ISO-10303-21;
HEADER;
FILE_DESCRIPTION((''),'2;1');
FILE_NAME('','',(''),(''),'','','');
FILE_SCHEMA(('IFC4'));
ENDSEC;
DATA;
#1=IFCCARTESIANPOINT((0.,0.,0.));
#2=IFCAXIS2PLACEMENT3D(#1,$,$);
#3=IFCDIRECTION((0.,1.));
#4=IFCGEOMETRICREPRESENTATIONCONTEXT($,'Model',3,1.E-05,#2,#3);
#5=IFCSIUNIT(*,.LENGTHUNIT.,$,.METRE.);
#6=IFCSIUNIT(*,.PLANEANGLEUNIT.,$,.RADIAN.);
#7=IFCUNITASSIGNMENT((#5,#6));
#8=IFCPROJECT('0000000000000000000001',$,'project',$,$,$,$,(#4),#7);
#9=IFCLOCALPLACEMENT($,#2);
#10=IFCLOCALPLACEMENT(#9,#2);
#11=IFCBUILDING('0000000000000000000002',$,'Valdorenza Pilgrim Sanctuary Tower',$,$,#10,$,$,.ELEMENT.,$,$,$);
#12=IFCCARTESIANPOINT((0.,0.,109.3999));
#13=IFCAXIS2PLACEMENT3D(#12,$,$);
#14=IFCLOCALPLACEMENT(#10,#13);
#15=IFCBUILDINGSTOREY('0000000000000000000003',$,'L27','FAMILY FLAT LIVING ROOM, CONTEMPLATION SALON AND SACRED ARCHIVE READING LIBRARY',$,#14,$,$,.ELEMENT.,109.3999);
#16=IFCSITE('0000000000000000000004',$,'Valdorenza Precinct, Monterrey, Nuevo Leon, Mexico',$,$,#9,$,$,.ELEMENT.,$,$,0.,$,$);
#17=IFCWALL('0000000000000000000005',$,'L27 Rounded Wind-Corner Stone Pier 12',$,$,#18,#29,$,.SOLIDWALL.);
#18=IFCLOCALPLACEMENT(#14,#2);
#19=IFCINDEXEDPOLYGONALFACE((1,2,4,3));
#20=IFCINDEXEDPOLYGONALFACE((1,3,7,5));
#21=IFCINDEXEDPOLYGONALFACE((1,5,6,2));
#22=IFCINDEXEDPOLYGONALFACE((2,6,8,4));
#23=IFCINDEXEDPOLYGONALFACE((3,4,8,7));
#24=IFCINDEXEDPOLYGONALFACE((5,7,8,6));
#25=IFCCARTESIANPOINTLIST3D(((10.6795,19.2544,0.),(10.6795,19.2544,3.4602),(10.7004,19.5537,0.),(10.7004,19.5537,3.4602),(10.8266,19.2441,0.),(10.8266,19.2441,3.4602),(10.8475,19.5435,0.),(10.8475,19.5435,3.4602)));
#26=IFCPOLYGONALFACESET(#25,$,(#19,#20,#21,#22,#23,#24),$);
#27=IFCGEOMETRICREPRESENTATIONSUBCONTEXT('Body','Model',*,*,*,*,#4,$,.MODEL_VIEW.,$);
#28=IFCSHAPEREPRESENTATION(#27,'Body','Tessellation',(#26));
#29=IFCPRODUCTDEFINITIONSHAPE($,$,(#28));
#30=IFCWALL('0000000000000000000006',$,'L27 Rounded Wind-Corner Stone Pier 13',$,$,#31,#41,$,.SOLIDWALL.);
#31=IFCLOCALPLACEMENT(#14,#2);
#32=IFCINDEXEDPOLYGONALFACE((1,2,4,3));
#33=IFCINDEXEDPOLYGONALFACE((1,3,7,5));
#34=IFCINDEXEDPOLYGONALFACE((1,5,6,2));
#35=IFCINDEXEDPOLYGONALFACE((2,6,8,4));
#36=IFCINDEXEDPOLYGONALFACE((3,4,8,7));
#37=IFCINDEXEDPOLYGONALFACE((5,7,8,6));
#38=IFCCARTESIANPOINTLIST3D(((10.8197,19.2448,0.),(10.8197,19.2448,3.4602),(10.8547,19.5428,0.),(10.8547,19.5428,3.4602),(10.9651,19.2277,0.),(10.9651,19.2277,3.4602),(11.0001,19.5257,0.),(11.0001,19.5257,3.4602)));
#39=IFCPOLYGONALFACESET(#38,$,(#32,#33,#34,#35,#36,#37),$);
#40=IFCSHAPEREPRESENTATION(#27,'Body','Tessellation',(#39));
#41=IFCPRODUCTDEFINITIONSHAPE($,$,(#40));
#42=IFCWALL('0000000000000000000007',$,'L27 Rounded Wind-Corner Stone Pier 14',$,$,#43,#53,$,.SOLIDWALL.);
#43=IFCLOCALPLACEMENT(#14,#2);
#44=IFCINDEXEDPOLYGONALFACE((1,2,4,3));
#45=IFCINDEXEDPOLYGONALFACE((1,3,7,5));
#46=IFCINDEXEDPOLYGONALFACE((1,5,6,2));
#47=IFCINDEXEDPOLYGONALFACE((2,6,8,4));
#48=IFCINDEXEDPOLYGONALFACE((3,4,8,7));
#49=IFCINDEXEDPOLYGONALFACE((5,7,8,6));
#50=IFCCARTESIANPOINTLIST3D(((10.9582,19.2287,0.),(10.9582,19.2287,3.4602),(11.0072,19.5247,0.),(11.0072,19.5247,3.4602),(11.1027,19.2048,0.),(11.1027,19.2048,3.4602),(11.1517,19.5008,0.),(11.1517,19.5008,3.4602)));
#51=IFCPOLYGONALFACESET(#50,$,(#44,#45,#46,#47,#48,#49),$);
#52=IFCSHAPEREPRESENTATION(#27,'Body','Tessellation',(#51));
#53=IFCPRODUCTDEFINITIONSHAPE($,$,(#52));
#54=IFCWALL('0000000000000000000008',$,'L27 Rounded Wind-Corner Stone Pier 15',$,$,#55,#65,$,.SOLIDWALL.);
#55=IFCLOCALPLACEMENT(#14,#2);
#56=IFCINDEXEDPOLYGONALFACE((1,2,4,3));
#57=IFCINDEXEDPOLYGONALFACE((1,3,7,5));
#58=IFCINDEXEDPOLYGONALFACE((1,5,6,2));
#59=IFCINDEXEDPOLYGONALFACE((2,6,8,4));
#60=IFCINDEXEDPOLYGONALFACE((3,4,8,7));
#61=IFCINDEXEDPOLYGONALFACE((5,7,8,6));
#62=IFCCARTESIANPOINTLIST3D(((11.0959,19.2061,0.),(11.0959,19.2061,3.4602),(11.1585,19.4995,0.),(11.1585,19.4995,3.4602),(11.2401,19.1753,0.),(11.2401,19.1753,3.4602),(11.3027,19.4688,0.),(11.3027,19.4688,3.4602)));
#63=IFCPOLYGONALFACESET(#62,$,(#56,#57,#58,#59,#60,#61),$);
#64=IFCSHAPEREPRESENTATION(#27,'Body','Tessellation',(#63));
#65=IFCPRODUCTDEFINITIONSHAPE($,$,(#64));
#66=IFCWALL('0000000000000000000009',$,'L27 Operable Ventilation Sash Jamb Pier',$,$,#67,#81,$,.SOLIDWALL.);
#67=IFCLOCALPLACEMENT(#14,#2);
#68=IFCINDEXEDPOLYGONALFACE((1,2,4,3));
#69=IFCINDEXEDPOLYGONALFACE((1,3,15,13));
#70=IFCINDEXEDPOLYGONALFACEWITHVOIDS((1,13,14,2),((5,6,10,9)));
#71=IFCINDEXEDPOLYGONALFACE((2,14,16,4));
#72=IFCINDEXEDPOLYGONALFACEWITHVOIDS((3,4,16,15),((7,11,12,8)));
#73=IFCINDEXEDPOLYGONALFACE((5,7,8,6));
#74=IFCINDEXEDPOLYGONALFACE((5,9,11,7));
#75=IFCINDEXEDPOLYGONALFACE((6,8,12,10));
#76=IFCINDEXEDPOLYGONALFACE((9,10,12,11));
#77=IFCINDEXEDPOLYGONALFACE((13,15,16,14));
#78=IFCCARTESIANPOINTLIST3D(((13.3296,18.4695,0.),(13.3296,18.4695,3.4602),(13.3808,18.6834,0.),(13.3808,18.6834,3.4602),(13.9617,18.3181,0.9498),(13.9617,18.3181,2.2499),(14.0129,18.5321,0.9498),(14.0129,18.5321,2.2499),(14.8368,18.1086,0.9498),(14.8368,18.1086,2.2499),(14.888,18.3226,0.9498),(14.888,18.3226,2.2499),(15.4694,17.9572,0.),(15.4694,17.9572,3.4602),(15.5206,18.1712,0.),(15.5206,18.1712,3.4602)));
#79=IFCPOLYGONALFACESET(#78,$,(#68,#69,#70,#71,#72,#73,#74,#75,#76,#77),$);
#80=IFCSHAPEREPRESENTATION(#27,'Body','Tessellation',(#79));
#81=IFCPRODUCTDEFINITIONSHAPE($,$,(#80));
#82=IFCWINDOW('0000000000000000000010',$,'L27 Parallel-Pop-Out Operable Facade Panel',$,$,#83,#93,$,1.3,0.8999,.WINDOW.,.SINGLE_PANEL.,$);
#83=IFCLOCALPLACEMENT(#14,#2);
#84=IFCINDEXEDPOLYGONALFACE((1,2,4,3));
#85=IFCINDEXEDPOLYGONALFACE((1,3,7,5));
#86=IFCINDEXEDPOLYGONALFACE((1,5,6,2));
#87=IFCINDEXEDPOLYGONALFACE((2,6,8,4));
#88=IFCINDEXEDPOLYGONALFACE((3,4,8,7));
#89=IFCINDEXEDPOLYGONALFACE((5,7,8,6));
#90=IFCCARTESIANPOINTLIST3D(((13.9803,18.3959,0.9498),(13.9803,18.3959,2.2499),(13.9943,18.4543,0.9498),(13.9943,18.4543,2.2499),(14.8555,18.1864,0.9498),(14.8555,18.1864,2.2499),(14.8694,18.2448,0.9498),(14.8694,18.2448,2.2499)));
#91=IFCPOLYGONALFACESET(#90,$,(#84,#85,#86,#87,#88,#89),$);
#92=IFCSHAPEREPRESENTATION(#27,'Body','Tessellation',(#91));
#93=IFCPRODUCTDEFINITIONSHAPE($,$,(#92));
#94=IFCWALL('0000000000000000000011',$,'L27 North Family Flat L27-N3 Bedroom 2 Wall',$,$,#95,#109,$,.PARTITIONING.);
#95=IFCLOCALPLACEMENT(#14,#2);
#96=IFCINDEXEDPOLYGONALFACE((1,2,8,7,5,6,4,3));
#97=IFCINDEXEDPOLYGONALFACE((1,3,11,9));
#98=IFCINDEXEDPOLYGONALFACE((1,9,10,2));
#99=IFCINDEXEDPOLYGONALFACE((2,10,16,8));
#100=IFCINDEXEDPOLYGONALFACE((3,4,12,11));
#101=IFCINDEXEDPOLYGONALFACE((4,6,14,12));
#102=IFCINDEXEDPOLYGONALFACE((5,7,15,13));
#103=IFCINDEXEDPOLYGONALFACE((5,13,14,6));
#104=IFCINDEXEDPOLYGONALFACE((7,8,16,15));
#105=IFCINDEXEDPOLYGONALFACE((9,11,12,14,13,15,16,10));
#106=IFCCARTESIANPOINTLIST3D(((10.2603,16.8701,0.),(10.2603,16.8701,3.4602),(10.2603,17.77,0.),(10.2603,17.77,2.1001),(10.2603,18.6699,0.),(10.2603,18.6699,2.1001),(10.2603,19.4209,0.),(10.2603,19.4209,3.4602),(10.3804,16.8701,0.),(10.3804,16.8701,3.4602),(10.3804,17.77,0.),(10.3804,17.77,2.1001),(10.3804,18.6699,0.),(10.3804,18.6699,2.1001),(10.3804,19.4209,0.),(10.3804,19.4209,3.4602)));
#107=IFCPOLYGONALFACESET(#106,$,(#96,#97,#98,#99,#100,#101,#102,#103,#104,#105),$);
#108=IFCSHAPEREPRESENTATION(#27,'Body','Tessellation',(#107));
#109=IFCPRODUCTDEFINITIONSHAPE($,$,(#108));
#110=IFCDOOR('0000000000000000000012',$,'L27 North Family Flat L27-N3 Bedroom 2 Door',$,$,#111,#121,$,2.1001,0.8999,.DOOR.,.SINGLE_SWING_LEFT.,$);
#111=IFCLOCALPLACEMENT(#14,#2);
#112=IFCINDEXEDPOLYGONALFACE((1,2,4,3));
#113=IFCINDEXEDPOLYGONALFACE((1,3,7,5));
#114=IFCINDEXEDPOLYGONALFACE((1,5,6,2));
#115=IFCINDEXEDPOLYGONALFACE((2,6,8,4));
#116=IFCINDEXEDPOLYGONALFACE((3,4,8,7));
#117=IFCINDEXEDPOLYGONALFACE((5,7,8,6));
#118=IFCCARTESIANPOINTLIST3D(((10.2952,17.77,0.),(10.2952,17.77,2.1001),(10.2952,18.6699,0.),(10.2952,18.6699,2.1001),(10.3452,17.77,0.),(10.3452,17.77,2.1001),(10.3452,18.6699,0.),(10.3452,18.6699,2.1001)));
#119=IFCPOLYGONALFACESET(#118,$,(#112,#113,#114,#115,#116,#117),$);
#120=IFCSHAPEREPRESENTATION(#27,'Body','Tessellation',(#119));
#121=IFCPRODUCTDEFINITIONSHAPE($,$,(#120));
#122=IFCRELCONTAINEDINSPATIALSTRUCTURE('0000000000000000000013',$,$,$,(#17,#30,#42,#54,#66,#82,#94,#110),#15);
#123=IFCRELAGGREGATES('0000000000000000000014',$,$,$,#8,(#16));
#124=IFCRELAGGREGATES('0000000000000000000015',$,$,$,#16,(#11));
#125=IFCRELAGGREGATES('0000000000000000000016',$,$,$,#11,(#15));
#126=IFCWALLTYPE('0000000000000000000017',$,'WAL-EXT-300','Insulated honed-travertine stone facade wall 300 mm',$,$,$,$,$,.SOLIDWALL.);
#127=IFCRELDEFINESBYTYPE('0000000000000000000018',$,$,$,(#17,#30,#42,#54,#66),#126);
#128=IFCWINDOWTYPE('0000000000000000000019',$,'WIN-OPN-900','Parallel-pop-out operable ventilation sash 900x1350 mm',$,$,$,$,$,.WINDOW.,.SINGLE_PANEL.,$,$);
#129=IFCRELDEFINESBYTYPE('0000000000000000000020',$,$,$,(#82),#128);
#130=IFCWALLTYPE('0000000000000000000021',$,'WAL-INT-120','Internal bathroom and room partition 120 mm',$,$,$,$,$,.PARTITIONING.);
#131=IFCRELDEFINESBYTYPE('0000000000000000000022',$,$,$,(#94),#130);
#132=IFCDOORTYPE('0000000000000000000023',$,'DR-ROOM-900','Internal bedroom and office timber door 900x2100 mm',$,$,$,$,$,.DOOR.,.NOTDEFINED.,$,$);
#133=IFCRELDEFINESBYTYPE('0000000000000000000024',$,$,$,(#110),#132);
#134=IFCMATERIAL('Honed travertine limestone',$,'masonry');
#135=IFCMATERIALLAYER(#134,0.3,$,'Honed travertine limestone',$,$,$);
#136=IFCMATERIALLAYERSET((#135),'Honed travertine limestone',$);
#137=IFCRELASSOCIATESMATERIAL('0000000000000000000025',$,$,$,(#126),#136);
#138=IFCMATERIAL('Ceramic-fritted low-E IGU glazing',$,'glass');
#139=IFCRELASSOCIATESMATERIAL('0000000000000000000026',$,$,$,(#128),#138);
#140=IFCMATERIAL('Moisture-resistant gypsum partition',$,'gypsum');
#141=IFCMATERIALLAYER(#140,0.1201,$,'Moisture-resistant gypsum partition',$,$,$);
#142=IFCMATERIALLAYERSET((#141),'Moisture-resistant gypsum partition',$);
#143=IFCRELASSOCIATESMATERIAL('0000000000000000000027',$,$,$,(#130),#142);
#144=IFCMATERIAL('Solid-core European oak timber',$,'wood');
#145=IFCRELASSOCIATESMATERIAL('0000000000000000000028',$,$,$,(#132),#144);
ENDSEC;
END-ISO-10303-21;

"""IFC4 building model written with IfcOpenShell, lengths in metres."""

from ifc_helpers import new_model, si_unit, direction, frame, frame_2d, origin, place, context, subcontext, project, spatial, rectangle, extrude, material, layer, layer_set, type_object, element, fill, save


model = new_model("IFC4")

# Units and contexts
model_context = context("Model", 3, precision=1e-05, world=origin(), true_north=direction((0.0, 1.0)))
body_context = subcontext(model_context, "Body", "Model", "MODEL_VIEW")
ifc_project = project(units=[si_unit("LENGTHUNIT", "METRE"), si_unit("PLANEANGLEUNIT", "RADIAN")], contexts=[model_context])

# Site, building, storey
site_placement = place(None, origin())
site = spatial("IfcSite", under=ifc_project, at=site_placement, Name="Valdorenza Precinct, Monterrey, Nuevo Leon, Mexico", CompositionType="ELEMENT", RefElevation=0.0)
building_placement = place(site_placement, origin())
building = spatial("IfcBuilding", under=site, at=building_placement, Name="Valdorenza Pilgrim Sanctuary Tower", CompositionType="ELEMENT")
storey_placement = place(building_placement, frame((0.0, 0.0, 109.3999)))
storey = spatial("IfcBuildingStorey", under=building, at=storey_placement, Name="L27", Description="FAMILY FLAT LIVING ROOM, CONTEMPLATION SALON AND SACRED ARCHIVE READING LIBRARY", CompositionType="ELEMENT", Elevation=109.3999)

# Shared definitions
ifc_material_1 = material(Name="Honed travertine limestone", Category="masonry")
ifc_material_2 = material(Name="Ceramic-fritted low-E IGU glazing", Category="glass")

# Walls
ifc_layer_1 = layer(ifc_material_1, 0.3, Name="Honed travertine limestone")
ifc_layer_set_1 = layer_set([ifc_layer_1], Name="Honed travertine limestone")
wall_type_1 = type_object("IfcWallType", Name="WAL-EXT-300", Description="Insulated honed-travertine stone facade wall 300 mm", PredefinedType="SOLIDWALL", material=ifc_layer_set_1)
wall_1_placement = place(storey_placement, frame((10.6899, 19.4041, 0.0), z_axis=(0.0, 0.0, 1.0), x_axis=(0.997583, -0.069483, 0.0)))
element("IfcWall", 1, at=wall_1_placement, inside=storey, type_object=wall_type_1, Name="L27 Rounded Wind-Corner Stone Pier 12", PredefinedType="SOLIDWALL", context=body_context, shape_type="SweptSolid", body=[
    extrude(rectangle(XDim=0.1475, YDim=0.3, at=frame_2d((0.0737, 0.0))), origin(), (0.0, 0.0, 1.0), 3.4602),
])
for number, where, z_axis, x_axis, name in (
    (2, (10.8372, 19.3938, 0.0), (0.0, 0.0, 1.0), (0.993173, -0.116648, 0.0), "L27 Rounded Wind-Corner Stone Pier 13"),
    (3, (10.9827, 19.3767, 0.0), (0.0, 0.0, 1.0), (0.986573, -0.163318, 0.0), "L27 Rounded Wind-Corner Stone Pier 14"),
):
    element("IfcWall", number, at=place(storey_placement, frame(where, z_axis=z_axis, x_axis=x_axis)), inside=storey, type_object=wall_type_1, Name=name, PredefinedType="SOLIDWALL", context=body_context, shape_type="SweptSolid", body=[
        extrude(rectangle(XDim=0.1465, YDim=0.3, at=frame_2d((0.0732, 0.0))), origin(), (0.0, 0.0, 1.0), 3.4602),
    ])
wall_2_placement = place(storey_placement, frame((11.1272, 19.3528, 0.0), z_axis=(0.0, 0.0, 1.0), x_axis=(0.97802, -0.208512, 0.0)))
element("IfcWall", 4, at=wall_2_placement, inside=storey, type_object=wall_type_1, Name="L27 Rounded Wind-Corner Stone Pier 15", PredefinedType="SOLIDWALL", context=body_context, shape_type="SweptSolid", body=[
    extrude(rectangle(XDim=0.1475, YDim=0.3, at=frame_2d((0.0737, 0.0))), origin(), (0.0, 0.0, 1.0), 3.4602),
])

# Wall, opening, window
wall_3_placement = place(storey_placement, frame((13.3552, 18.5764, 0.0), z_axis=(0.0, 0.0, 1.0), x_axis=(0.972522, -0.232811, 0.0)))
wall_3 = element("IfcWall", 5, at=wall_3_placement, inside=storey, type_object=wall_type_1, Name="L27 Operable Ventilation Sash Jamb Pier", PredefinedType="SOLIDWALL", context=body_context, shape_type="SweptSolid", body=[
    extrude(rectangle(XDim=2.2002, YDim=0.22, at=frame_2d((1.1001, 0.0))), origin(), (0.0, 0.0, 1.0), 3.4602),
])
opening_1_placement = place(wall_3_placement, frame((0.6499, 0.0, 0.95)))
opening_1 = element("IfcOpeningElement", 6, at=opening_1_placement, cuts=wall_3, PredefinedType="OPENING", context=body_context, shape_type="SweptSolid", body=[
    extrude(rectangle(XDim=0.8999, YDim=1.3, at=frame_2d((0.45, 0.6499))), frame((0.0, 0.125, 0.0), z_axis=(0.0, -1.0, 0.0), x_axis=(1.0, 0.0, 0.0)), (0.0, 0.0, 1.0), 0.2498),
])
window_type = type_object("IfcWindowType", Name="WIN-OPN-900", Description="Parallel-pop-out operable ventilation sash 900x1350 mm", PartitioningType="SINGLE_PANEL", PredefinedType="WINDOW", material=ifc_material_2)
window_placement = place(opening_1_placement, origin())
window = element("IfcWindow", 7, at=window_placement, inside=storey, type_object=window_type, Name="L27 Parallel-Pop-Out Operable Facade Panel", OverallHeight=1.3, OverallWidth=0.8999, PartitioningType="SINGLE_PANEL", PredefinedType="WINDOW", context=body_context, shape_type="SweptSolid", body=[
    extrude(rectangle(XDim=0.8999, YDim=1.3, at=frame_2d((0.45, 0.6499))), frame((0.0, 0.03, 0.0), z_axis=(0.0, -1.0, 0.0), x_axis=(1.0, 0.0, 0.0)), (0.0, 0.0, 1.0), 0.0601),
])
fill(opening_1, window)

# Wall, opening, door
ifc_material_3 = material(Name="Moisture-resistant gypsum partition", Category="gypsum")
ifc_layer_2 = layer(ifc_material_3, 0.1201, Name="Moisture-resistant gypsum partition")
ifc_layer_set_2 = layer_set([ifc_layer_2], Name="Moisture-resistant gypsum partition")
wall_type_2 = type_object("IfcWallType", Name="WAL-INT-120", Description="Internal bathroom and room partition 120 mm", PredefinedType="PARTITIONING", material=ifc_layer_set_2)
wall_4_placement = place(storey_placement, frame((10.3203, 16.8701, 0.0), z_axis=(0.0, 0.0, 1.0), x_axis=(0.0, 1.0, 0.0)))
wall_4 = element("IfcWall", 8, at=wall_4_placement, inside=storey, type_object=wall_type_2, Name="L27 North Family Flat L27-N3 Bedroom 2 Wall", PredefinedType="PARTITIONING", context=body_context, shape_type="SweptSolid", body=[
    extrude(rectangle(XDim=2.5508, YDim=0.1201, at=frame_2d((1.2754, 0.0))), origin(), (0.0, 0.0, 1.0), 3.4602),
])
opening_2_placement = place(wall_4_placement, frame((0.8999, 0.0, 0.0)))
opening_2 = element("IfcOpeningElement", 9, at=opening_2_placement, cuts=wall_4, PredefinedType="OPENING", context=body_context, shape_type="SweptSolid", body=[
    extrude(rectangle(XDim=0.8999, YDim=2.1001, at=frame_2d((0.45, 1.05))), frame((0.0, 0.075, 0.0), z_axis=(0.0, -1.0, 0.0), x_axis=(1.0, 0.0, 0.0)), (0.0, 0.0, 1.0), 0.1499),
])
ifc_material_4 = material(Name="Solid-core European oak timber", Category="wood")
door_type = type_object("IfcDoorType", Name="DR-ROOM-900", Description="Internal bedroom and office timber door 900x2100 mm", OperationType="NOTDEFINED", PredefinedType="DOOR", material=ifc_material_4)
door_placement = place(opening_2_placement, frame((0.8999, 0.0, 0.0), z_axis=(0.0, 0.0, 1.0), x_axis=(-1.0, 0.0, 0.0)))
door = element("IfcDoor", 10, at=door_placement, inside=storey, type_object=door_type, Name="L27 North Family Flat L27-N3 Bedroom 2 Door", OperationType="SINGLE_SWING_LEFT", OverallHeight=2.1001, OverallWidth=0.8999, PredefinedType="DOOR", context=body_context, shape_type="SweptSolid", body=[
    extrude(rectangle(XDim=0.8999, YDim=2.1001, at=frame_2d((0.45, 1.05))), frame((0.0, 0.0249, 0.0), z_axis=(0.0, -1.0, 0.0), x_axis=(1.0, 0.0, 0.0)), (0.0, 0.0, 1.0), 0.05),
])
fill(opening_2, door)

save(model, "model.ifc")
